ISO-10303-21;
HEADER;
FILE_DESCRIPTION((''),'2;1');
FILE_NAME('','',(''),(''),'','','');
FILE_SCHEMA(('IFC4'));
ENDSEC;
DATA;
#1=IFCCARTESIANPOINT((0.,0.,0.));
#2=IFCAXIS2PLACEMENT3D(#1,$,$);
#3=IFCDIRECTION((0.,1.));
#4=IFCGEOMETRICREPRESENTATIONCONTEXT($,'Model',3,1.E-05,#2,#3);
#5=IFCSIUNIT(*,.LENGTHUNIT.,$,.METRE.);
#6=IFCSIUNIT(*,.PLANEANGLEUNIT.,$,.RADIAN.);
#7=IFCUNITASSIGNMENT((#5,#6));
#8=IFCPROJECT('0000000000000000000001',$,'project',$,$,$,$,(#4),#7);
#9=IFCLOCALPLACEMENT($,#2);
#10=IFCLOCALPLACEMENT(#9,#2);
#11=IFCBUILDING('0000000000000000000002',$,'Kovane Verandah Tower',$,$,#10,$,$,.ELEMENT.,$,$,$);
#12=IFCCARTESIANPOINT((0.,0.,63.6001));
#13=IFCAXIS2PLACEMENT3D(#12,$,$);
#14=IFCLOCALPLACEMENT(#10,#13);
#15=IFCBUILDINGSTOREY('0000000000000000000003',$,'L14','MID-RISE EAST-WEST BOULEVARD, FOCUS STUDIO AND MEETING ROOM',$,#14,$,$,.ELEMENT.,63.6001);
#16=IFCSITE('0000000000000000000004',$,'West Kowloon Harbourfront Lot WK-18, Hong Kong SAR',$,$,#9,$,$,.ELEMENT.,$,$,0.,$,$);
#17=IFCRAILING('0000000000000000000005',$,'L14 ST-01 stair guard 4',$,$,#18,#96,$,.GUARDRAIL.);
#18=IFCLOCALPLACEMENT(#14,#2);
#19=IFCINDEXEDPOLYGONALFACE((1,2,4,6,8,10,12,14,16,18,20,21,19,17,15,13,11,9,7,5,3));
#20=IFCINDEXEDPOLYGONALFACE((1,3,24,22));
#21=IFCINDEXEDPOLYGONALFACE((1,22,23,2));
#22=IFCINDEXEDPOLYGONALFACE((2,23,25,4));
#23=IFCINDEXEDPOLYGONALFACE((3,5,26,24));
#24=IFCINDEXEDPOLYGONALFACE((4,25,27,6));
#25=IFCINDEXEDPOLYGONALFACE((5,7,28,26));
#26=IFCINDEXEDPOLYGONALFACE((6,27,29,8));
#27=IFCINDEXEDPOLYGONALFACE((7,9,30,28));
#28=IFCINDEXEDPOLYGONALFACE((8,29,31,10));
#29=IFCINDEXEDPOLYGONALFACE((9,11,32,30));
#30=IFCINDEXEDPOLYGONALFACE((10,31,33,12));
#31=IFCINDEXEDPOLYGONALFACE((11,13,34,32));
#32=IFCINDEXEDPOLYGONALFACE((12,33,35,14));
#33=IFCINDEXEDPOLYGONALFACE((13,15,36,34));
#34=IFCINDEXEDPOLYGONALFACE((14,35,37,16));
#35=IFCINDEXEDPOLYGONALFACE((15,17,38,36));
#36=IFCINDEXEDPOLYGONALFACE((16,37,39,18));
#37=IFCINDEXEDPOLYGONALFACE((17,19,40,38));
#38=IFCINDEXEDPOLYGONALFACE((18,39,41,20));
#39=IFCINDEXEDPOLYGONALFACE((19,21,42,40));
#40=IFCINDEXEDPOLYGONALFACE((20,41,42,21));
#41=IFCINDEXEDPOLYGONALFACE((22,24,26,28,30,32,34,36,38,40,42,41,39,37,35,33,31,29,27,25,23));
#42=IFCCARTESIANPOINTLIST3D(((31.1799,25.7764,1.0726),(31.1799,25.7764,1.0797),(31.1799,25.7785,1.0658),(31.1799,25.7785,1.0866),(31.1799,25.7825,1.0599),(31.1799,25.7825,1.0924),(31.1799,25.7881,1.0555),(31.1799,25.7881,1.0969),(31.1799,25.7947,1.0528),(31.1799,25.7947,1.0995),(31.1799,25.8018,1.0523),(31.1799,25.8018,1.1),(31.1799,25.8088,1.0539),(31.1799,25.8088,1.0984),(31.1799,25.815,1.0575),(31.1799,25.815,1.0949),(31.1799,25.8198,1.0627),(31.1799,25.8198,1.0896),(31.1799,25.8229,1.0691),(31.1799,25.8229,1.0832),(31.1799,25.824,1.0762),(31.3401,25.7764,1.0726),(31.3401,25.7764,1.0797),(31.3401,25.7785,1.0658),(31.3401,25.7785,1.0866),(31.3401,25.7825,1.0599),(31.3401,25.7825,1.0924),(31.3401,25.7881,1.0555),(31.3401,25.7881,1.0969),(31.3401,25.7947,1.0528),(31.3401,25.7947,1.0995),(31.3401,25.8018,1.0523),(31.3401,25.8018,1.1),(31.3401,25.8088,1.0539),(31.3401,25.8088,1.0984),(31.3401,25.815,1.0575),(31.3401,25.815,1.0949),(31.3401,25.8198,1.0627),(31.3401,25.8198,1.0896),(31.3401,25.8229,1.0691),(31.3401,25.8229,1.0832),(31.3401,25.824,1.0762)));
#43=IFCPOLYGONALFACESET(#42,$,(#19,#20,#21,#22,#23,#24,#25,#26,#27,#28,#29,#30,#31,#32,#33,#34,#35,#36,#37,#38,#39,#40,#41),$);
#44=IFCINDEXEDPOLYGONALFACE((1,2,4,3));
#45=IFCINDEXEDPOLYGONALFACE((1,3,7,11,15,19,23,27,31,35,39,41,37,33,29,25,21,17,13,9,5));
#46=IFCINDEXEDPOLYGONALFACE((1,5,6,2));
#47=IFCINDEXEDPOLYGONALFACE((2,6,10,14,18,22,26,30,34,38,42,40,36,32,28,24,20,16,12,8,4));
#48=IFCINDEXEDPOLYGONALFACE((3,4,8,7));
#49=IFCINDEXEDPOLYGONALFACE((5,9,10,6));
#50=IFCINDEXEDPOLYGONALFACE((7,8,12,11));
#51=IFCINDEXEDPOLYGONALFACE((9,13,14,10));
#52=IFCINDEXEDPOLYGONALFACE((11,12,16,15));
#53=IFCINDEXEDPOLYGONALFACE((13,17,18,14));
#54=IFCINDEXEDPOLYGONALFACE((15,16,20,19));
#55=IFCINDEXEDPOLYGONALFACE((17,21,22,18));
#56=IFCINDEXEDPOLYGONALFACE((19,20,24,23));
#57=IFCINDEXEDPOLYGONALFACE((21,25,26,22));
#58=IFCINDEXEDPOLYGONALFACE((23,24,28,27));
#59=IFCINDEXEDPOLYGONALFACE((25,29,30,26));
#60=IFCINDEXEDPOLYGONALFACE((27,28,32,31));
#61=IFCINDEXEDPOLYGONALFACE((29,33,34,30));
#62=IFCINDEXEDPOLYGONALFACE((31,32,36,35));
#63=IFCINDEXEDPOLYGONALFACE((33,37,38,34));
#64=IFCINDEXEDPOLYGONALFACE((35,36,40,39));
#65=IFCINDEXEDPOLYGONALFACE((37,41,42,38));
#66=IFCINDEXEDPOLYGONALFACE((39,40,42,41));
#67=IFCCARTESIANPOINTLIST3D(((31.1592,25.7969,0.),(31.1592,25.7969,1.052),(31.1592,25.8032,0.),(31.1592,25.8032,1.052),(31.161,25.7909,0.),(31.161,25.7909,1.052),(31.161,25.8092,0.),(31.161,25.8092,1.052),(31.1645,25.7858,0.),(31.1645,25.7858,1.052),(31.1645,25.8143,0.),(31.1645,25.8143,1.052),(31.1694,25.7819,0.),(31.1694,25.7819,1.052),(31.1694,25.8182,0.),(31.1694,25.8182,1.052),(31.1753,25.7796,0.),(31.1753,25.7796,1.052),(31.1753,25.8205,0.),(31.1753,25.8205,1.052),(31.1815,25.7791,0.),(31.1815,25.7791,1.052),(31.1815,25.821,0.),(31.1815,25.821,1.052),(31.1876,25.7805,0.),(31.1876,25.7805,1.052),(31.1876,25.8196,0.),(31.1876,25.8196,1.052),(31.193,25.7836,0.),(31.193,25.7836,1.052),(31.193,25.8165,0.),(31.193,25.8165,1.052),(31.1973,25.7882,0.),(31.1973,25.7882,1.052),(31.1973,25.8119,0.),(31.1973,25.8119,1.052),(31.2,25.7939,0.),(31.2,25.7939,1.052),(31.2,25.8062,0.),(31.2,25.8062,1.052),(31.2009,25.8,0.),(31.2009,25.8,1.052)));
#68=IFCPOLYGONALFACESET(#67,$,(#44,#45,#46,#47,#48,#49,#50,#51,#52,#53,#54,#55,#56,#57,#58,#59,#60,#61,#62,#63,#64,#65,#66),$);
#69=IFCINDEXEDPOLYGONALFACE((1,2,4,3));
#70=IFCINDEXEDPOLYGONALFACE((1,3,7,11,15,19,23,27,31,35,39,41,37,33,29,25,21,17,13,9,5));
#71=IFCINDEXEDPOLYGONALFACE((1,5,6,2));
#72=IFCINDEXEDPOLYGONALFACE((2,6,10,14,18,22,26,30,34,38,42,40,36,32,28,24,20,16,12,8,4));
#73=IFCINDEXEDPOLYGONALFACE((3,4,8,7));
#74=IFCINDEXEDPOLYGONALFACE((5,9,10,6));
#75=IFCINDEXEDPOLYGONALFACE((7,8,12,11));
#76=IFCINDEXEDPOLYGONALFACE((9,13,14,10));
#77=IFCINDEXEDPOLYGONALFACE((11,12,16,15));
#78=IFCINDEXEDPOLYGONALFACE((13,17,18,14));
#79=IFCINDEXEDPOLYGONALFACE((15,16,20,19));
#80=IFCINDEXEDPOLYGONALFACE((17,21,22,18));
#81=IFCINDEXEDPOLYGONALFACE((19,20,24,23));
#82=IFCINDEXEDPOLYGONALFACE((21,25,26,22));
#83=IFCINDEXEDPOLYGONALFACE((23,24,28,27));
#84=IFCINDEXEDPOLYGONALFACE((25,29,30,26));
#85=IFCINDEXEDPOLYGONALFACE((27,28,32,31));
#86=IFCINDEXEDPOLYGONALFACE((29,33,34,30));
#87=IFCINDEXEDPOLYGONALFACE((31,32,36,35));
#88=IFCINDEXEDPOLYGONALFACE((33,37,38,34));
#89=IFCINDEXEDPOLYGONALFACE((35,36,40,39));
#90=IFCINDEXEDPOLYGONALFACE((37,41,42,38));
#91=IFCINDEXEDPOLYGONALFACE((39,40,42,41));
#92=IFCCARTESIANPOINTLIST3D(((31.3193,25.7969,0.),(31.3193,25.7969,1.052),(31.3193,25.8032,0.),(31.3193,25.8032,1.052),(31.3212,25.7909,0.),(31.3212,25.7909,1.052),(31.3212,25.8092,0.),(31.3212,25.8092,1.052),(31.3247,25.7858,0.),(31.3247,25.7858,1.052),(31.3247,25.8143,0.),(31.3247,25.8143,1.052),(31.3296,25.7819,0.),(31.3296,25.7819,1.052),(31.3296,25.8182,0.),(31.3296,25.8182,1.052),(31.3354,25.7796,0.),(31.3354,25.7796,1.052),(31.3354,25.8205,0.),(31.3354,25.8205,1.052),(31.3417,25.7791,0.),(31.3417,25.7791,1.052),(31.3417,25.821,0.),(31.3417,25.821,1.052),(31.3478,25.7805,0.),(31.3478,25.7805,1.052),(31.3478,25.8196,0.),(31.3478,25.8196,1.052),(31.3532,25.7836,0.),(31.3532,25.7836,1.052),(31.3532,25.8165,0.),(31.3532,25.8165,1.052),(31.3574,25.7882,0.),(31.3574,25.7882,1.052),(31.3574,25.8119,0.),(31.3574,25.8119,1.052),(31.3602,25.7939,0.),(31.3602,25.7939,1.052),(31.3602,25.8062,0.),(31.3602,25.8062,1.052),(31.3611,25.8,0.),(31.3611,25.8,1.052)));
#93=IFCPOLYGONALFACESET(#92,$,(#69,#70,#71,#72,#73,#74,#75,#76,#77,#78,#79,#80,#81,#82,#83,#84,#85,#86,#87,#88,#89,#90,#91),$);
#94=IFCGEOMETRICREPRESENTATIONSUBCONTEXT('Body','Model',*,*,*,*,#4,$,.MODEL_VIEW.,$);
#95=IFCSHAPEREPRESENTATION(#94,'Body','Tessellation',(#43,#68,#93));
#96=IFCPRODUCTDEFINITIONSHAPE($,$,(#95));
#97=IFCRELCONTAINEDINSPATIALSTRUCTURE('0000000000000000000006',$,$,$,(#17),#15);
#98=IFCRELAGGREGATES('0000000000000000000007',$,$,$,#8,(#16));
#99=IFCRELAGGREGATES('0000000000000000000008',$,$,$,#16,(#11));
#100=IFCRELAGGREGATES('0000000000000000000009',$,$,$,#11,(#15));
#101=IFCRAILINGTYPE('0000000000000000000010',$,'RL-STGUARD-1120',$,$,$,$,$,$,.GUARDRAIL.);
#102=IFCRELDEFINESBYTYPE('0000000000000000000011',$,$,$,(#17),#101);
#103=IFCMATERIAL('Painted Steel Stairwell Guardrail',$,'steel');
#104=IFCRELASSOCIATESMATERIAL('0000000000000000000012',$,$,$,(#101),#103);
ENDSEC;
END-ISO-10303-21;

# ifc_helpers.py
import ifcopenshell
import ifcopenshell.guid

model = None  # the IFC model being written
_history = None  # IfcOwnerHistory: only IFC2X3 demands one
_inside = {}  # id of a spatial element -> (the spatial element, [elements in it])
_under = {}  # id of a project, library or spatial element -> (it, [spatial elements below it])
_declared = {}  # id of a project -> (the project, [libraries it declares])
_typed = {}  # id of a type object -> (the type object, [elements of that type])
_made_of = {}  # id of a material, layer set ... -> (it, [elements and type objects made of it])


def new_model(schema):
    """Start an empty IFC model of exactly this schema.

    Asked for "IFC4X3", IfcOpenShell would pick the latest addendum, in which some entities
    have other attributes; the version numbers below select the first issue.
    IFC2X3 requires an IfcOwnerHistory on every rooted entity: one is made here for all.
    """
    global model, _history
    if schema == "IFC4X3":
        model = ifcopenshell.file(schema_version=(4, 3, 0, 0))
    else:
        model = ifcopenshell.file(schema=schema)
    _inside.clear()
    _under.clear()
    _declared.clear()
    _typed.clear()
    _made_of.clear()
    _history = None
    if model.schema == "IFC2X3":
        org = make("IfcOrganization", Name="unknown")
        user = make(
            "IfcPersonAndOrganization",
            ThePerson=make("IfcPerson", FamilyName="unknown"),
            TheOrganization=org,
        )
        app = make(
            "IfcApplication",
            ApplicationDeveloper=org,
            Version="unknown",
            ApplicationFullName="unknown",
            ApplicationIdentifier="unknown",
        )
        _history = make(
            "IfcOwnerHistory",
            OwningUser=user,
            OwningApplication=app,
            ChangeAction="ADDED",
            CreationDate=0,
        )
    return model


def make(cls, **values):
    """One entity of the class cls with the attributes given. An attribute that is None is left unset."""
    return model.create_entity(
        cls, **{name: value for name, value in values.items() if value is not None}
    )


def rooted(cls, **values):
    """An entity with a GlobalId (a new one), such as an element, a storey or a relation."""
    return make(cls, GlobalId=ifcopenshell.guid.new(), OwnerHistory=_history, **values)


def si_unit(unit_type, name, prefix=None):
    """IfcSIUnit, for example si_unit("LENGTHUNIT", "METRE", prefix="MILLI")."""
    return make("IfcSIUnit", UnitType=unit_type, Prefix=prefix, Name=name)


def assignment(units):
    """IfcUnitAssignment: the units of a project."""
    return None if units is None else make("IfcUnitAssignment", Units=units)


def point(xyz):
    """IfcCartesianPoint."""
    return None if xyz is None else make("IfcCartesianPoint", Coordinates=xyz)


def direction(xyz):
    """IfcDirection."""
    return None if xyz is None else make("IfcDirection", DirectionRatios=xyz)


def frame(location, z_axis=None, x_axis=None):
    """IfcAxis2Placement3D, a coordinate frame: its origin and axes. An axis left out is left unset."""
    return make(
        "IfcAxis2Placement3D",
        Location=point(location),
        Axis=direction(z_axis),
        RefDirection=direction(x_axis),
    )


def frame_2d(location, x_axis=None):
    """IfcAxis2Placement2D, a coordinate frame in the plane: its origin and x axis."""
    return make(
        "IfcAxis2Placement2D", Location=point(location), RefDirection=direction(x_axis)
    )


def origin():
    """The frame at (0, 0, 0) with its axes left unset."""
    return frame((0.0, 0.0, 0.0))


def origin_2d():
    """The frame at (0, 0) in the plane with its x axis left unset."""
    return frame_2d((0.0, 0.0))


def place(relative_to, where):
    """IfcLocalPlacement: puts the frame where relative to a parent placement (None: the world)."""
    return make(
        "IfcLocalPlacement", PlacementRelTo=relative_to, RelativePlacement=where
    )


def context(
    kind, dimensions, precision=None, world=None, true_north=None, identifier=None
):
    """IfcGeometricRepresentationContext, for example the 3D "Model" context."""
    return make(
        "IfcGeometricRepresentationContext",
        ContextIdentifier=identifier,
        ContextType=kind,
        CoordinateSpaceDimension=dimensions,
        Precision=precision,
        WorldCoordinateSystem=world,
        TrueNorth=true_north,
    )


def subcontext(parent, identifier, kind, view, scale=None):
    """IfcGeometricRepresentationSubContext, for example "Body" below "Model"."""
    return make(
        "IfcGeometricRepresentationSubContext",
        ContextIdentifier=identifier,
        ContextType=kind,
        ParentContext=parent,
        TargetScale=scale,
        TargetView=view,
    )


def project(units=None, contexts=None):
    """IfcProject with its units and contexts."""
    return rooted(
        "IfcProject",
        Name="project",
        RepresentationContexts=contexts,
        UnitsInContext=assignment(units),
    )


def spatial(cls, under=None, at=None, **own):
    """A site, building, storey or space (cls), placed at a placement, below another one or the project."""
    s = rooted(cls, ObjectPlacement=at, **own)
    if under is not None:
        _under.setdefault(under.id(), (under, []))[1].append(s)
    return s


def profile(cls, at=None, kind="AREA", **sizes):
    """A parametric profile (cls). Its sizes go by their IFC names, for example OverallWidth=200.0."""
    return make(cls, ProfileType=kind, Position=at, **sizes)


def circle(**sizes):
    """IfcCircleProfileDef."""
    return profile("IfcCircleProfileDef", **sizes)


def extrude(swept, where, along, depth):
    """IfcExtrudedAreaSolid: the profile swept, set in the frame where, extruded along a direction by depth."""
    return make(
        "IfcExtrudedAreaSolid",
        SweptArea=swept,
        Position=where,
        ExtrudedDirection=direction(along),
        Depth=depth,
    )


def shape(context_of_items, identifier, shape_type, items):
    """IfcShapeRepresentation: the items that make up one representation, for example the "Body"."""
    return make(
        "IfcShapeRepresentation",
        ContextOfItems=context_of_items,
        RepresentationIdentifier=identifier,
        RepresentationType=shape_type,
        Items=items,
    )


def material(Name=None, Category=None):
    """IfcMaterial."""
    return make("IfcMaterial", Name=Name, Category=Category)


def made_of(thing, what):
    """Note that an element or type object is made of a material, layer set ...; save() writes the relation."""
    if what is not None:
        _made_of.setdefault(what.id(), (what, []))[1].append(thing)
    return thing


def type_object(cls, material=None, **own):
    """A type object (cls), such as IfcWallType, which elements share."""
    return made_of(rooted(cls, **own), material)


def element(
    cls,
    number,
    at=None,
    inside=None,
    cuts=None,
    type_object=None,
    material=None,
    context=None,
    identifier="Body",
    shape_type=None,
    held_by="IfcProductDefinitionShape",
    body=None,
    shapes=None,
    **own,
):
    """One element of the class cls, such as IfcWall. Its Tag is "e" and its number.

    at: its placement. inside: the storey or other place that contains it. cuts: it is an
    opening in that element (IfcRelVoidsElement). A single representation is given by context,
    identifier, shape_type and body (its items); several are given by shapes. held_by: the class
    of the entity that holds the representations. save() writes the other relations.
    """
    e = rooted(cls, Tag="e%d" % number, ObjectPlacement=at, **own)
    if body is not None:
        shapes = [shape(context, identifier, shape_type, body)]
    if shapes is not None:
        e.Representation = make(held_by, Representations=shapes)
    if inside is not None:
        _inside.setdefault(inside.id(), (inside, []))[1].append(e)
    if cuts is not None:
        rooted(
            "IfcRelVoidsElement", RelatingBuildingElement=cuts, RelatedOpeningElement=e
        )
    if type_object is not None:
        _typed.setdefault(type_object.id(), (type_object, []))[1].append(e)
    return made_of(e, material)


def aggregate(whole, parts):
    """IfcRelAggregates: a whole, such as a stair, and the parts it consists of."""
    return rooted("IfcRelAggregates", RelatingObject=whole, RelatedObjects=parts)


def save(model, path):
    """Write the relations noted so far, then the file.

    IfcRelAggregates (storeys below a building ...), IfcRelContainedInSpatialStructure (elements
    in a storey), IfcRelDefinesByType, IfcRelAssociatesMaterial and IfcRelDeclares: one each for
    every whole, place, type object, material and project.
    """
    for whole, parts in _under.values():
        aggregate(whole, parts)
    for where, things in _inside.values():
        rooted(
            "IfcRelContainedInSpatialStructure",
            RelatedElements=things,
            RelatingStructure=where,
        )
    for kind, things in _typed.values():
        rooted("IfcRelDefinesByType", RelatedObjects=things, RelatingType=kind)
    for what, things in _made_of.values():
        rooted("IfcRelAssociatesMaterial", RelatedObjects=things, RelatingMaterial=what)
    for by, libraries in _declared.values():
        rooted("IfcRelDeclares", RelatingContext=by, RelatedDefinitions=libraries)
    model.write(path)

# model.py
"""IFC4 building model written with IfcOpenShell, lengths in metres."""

from ifc_helpers import new_model, si_unit, direction, frame, origin, origin_2d, place, context, subcontext, project, spatial, circle, extrude, material, type_object, element, save


model = new_model("IFC4")

# Units and contexts
model_context = context("Model", 3, precision=1e-05, world=origin(), true_north=direction((0.0, 1.0)))
body_context = subcontext(model_context, "Body", "Model", "MODEL_VIEW")
ifc_project = project(units=[si_unit("LENGTHUNIT", "METRE"), si_unit("PLANEANGLEUNIT", "RADIAN")], contexts=[model_context])

# Site, building, storey
site_placement = place(None, origin())
site = spatial("IfcSite", under=ifc_project, at=site_placement, Name="West Kowloon Harbourfront Lot WK-18, Hong Kong SAR", CompositionType="ELEMENT", RefElevation=0.0)
building_placement = place(site_placement, origin())
building = spatial("IfcBuilding", under=site, at=building_placement, Name="Kovane Verandah Tower", CompositionType="ELEMENT")
storey_placement = place(building_placement, frame((0.0, 0.0, 63.6001)))
storey = spatial("IfcBuildingStorey", under=building, at=storey_placement, Name="L14", Description="MID-RISE EAST-WEST BOULEVARD, FOCUS STUDIO AND MEETING ROOM", CompositionType="ELEMENT", Elevation=63.6001)

# Railing
ifc_material_1 = material(Name="Painted Steel Stairwell Guardrail", Category="steel")
railing_type_1 = type_object("IfcRailingType", Name="RL-STGUARD-1120", PredefinedType="GUARDRAIL", material=ifc_material_1)
railing_1_placement = place(storey_placement, frame((31.1799, 25.8, 0.0)))
element("IfcRailing", 1, at=railing_1_placement, inside=storey, type_object=railing_type_1, Name="L14 ST-01 stair guard 4", PredefinedType="GUARDRAIL", context=body_context, shape_type="SweptSolid", body=[
    extrude(circle(Radius=0.0239, at=origin_2d()), frame((0.0, 0.0, 1.0762), z_axis=(1.0, 0.0, 0.0), x_axis=(0.0, 1.0, 0.0)), (0.0, 0.0, 1.0), 0.1602),
    extrude(circle(Radius=0.021, at=origin_2d()), origin(), (0.0, 0.0, 1.0), 1.052),
    extrude(circle(Radius=0.021, at=origin_2d()), frame((0.1602, 0.0, 0.0)), (0.0, 0.0, 1.0), 1.052),
])

save(model, "model.ifc")
